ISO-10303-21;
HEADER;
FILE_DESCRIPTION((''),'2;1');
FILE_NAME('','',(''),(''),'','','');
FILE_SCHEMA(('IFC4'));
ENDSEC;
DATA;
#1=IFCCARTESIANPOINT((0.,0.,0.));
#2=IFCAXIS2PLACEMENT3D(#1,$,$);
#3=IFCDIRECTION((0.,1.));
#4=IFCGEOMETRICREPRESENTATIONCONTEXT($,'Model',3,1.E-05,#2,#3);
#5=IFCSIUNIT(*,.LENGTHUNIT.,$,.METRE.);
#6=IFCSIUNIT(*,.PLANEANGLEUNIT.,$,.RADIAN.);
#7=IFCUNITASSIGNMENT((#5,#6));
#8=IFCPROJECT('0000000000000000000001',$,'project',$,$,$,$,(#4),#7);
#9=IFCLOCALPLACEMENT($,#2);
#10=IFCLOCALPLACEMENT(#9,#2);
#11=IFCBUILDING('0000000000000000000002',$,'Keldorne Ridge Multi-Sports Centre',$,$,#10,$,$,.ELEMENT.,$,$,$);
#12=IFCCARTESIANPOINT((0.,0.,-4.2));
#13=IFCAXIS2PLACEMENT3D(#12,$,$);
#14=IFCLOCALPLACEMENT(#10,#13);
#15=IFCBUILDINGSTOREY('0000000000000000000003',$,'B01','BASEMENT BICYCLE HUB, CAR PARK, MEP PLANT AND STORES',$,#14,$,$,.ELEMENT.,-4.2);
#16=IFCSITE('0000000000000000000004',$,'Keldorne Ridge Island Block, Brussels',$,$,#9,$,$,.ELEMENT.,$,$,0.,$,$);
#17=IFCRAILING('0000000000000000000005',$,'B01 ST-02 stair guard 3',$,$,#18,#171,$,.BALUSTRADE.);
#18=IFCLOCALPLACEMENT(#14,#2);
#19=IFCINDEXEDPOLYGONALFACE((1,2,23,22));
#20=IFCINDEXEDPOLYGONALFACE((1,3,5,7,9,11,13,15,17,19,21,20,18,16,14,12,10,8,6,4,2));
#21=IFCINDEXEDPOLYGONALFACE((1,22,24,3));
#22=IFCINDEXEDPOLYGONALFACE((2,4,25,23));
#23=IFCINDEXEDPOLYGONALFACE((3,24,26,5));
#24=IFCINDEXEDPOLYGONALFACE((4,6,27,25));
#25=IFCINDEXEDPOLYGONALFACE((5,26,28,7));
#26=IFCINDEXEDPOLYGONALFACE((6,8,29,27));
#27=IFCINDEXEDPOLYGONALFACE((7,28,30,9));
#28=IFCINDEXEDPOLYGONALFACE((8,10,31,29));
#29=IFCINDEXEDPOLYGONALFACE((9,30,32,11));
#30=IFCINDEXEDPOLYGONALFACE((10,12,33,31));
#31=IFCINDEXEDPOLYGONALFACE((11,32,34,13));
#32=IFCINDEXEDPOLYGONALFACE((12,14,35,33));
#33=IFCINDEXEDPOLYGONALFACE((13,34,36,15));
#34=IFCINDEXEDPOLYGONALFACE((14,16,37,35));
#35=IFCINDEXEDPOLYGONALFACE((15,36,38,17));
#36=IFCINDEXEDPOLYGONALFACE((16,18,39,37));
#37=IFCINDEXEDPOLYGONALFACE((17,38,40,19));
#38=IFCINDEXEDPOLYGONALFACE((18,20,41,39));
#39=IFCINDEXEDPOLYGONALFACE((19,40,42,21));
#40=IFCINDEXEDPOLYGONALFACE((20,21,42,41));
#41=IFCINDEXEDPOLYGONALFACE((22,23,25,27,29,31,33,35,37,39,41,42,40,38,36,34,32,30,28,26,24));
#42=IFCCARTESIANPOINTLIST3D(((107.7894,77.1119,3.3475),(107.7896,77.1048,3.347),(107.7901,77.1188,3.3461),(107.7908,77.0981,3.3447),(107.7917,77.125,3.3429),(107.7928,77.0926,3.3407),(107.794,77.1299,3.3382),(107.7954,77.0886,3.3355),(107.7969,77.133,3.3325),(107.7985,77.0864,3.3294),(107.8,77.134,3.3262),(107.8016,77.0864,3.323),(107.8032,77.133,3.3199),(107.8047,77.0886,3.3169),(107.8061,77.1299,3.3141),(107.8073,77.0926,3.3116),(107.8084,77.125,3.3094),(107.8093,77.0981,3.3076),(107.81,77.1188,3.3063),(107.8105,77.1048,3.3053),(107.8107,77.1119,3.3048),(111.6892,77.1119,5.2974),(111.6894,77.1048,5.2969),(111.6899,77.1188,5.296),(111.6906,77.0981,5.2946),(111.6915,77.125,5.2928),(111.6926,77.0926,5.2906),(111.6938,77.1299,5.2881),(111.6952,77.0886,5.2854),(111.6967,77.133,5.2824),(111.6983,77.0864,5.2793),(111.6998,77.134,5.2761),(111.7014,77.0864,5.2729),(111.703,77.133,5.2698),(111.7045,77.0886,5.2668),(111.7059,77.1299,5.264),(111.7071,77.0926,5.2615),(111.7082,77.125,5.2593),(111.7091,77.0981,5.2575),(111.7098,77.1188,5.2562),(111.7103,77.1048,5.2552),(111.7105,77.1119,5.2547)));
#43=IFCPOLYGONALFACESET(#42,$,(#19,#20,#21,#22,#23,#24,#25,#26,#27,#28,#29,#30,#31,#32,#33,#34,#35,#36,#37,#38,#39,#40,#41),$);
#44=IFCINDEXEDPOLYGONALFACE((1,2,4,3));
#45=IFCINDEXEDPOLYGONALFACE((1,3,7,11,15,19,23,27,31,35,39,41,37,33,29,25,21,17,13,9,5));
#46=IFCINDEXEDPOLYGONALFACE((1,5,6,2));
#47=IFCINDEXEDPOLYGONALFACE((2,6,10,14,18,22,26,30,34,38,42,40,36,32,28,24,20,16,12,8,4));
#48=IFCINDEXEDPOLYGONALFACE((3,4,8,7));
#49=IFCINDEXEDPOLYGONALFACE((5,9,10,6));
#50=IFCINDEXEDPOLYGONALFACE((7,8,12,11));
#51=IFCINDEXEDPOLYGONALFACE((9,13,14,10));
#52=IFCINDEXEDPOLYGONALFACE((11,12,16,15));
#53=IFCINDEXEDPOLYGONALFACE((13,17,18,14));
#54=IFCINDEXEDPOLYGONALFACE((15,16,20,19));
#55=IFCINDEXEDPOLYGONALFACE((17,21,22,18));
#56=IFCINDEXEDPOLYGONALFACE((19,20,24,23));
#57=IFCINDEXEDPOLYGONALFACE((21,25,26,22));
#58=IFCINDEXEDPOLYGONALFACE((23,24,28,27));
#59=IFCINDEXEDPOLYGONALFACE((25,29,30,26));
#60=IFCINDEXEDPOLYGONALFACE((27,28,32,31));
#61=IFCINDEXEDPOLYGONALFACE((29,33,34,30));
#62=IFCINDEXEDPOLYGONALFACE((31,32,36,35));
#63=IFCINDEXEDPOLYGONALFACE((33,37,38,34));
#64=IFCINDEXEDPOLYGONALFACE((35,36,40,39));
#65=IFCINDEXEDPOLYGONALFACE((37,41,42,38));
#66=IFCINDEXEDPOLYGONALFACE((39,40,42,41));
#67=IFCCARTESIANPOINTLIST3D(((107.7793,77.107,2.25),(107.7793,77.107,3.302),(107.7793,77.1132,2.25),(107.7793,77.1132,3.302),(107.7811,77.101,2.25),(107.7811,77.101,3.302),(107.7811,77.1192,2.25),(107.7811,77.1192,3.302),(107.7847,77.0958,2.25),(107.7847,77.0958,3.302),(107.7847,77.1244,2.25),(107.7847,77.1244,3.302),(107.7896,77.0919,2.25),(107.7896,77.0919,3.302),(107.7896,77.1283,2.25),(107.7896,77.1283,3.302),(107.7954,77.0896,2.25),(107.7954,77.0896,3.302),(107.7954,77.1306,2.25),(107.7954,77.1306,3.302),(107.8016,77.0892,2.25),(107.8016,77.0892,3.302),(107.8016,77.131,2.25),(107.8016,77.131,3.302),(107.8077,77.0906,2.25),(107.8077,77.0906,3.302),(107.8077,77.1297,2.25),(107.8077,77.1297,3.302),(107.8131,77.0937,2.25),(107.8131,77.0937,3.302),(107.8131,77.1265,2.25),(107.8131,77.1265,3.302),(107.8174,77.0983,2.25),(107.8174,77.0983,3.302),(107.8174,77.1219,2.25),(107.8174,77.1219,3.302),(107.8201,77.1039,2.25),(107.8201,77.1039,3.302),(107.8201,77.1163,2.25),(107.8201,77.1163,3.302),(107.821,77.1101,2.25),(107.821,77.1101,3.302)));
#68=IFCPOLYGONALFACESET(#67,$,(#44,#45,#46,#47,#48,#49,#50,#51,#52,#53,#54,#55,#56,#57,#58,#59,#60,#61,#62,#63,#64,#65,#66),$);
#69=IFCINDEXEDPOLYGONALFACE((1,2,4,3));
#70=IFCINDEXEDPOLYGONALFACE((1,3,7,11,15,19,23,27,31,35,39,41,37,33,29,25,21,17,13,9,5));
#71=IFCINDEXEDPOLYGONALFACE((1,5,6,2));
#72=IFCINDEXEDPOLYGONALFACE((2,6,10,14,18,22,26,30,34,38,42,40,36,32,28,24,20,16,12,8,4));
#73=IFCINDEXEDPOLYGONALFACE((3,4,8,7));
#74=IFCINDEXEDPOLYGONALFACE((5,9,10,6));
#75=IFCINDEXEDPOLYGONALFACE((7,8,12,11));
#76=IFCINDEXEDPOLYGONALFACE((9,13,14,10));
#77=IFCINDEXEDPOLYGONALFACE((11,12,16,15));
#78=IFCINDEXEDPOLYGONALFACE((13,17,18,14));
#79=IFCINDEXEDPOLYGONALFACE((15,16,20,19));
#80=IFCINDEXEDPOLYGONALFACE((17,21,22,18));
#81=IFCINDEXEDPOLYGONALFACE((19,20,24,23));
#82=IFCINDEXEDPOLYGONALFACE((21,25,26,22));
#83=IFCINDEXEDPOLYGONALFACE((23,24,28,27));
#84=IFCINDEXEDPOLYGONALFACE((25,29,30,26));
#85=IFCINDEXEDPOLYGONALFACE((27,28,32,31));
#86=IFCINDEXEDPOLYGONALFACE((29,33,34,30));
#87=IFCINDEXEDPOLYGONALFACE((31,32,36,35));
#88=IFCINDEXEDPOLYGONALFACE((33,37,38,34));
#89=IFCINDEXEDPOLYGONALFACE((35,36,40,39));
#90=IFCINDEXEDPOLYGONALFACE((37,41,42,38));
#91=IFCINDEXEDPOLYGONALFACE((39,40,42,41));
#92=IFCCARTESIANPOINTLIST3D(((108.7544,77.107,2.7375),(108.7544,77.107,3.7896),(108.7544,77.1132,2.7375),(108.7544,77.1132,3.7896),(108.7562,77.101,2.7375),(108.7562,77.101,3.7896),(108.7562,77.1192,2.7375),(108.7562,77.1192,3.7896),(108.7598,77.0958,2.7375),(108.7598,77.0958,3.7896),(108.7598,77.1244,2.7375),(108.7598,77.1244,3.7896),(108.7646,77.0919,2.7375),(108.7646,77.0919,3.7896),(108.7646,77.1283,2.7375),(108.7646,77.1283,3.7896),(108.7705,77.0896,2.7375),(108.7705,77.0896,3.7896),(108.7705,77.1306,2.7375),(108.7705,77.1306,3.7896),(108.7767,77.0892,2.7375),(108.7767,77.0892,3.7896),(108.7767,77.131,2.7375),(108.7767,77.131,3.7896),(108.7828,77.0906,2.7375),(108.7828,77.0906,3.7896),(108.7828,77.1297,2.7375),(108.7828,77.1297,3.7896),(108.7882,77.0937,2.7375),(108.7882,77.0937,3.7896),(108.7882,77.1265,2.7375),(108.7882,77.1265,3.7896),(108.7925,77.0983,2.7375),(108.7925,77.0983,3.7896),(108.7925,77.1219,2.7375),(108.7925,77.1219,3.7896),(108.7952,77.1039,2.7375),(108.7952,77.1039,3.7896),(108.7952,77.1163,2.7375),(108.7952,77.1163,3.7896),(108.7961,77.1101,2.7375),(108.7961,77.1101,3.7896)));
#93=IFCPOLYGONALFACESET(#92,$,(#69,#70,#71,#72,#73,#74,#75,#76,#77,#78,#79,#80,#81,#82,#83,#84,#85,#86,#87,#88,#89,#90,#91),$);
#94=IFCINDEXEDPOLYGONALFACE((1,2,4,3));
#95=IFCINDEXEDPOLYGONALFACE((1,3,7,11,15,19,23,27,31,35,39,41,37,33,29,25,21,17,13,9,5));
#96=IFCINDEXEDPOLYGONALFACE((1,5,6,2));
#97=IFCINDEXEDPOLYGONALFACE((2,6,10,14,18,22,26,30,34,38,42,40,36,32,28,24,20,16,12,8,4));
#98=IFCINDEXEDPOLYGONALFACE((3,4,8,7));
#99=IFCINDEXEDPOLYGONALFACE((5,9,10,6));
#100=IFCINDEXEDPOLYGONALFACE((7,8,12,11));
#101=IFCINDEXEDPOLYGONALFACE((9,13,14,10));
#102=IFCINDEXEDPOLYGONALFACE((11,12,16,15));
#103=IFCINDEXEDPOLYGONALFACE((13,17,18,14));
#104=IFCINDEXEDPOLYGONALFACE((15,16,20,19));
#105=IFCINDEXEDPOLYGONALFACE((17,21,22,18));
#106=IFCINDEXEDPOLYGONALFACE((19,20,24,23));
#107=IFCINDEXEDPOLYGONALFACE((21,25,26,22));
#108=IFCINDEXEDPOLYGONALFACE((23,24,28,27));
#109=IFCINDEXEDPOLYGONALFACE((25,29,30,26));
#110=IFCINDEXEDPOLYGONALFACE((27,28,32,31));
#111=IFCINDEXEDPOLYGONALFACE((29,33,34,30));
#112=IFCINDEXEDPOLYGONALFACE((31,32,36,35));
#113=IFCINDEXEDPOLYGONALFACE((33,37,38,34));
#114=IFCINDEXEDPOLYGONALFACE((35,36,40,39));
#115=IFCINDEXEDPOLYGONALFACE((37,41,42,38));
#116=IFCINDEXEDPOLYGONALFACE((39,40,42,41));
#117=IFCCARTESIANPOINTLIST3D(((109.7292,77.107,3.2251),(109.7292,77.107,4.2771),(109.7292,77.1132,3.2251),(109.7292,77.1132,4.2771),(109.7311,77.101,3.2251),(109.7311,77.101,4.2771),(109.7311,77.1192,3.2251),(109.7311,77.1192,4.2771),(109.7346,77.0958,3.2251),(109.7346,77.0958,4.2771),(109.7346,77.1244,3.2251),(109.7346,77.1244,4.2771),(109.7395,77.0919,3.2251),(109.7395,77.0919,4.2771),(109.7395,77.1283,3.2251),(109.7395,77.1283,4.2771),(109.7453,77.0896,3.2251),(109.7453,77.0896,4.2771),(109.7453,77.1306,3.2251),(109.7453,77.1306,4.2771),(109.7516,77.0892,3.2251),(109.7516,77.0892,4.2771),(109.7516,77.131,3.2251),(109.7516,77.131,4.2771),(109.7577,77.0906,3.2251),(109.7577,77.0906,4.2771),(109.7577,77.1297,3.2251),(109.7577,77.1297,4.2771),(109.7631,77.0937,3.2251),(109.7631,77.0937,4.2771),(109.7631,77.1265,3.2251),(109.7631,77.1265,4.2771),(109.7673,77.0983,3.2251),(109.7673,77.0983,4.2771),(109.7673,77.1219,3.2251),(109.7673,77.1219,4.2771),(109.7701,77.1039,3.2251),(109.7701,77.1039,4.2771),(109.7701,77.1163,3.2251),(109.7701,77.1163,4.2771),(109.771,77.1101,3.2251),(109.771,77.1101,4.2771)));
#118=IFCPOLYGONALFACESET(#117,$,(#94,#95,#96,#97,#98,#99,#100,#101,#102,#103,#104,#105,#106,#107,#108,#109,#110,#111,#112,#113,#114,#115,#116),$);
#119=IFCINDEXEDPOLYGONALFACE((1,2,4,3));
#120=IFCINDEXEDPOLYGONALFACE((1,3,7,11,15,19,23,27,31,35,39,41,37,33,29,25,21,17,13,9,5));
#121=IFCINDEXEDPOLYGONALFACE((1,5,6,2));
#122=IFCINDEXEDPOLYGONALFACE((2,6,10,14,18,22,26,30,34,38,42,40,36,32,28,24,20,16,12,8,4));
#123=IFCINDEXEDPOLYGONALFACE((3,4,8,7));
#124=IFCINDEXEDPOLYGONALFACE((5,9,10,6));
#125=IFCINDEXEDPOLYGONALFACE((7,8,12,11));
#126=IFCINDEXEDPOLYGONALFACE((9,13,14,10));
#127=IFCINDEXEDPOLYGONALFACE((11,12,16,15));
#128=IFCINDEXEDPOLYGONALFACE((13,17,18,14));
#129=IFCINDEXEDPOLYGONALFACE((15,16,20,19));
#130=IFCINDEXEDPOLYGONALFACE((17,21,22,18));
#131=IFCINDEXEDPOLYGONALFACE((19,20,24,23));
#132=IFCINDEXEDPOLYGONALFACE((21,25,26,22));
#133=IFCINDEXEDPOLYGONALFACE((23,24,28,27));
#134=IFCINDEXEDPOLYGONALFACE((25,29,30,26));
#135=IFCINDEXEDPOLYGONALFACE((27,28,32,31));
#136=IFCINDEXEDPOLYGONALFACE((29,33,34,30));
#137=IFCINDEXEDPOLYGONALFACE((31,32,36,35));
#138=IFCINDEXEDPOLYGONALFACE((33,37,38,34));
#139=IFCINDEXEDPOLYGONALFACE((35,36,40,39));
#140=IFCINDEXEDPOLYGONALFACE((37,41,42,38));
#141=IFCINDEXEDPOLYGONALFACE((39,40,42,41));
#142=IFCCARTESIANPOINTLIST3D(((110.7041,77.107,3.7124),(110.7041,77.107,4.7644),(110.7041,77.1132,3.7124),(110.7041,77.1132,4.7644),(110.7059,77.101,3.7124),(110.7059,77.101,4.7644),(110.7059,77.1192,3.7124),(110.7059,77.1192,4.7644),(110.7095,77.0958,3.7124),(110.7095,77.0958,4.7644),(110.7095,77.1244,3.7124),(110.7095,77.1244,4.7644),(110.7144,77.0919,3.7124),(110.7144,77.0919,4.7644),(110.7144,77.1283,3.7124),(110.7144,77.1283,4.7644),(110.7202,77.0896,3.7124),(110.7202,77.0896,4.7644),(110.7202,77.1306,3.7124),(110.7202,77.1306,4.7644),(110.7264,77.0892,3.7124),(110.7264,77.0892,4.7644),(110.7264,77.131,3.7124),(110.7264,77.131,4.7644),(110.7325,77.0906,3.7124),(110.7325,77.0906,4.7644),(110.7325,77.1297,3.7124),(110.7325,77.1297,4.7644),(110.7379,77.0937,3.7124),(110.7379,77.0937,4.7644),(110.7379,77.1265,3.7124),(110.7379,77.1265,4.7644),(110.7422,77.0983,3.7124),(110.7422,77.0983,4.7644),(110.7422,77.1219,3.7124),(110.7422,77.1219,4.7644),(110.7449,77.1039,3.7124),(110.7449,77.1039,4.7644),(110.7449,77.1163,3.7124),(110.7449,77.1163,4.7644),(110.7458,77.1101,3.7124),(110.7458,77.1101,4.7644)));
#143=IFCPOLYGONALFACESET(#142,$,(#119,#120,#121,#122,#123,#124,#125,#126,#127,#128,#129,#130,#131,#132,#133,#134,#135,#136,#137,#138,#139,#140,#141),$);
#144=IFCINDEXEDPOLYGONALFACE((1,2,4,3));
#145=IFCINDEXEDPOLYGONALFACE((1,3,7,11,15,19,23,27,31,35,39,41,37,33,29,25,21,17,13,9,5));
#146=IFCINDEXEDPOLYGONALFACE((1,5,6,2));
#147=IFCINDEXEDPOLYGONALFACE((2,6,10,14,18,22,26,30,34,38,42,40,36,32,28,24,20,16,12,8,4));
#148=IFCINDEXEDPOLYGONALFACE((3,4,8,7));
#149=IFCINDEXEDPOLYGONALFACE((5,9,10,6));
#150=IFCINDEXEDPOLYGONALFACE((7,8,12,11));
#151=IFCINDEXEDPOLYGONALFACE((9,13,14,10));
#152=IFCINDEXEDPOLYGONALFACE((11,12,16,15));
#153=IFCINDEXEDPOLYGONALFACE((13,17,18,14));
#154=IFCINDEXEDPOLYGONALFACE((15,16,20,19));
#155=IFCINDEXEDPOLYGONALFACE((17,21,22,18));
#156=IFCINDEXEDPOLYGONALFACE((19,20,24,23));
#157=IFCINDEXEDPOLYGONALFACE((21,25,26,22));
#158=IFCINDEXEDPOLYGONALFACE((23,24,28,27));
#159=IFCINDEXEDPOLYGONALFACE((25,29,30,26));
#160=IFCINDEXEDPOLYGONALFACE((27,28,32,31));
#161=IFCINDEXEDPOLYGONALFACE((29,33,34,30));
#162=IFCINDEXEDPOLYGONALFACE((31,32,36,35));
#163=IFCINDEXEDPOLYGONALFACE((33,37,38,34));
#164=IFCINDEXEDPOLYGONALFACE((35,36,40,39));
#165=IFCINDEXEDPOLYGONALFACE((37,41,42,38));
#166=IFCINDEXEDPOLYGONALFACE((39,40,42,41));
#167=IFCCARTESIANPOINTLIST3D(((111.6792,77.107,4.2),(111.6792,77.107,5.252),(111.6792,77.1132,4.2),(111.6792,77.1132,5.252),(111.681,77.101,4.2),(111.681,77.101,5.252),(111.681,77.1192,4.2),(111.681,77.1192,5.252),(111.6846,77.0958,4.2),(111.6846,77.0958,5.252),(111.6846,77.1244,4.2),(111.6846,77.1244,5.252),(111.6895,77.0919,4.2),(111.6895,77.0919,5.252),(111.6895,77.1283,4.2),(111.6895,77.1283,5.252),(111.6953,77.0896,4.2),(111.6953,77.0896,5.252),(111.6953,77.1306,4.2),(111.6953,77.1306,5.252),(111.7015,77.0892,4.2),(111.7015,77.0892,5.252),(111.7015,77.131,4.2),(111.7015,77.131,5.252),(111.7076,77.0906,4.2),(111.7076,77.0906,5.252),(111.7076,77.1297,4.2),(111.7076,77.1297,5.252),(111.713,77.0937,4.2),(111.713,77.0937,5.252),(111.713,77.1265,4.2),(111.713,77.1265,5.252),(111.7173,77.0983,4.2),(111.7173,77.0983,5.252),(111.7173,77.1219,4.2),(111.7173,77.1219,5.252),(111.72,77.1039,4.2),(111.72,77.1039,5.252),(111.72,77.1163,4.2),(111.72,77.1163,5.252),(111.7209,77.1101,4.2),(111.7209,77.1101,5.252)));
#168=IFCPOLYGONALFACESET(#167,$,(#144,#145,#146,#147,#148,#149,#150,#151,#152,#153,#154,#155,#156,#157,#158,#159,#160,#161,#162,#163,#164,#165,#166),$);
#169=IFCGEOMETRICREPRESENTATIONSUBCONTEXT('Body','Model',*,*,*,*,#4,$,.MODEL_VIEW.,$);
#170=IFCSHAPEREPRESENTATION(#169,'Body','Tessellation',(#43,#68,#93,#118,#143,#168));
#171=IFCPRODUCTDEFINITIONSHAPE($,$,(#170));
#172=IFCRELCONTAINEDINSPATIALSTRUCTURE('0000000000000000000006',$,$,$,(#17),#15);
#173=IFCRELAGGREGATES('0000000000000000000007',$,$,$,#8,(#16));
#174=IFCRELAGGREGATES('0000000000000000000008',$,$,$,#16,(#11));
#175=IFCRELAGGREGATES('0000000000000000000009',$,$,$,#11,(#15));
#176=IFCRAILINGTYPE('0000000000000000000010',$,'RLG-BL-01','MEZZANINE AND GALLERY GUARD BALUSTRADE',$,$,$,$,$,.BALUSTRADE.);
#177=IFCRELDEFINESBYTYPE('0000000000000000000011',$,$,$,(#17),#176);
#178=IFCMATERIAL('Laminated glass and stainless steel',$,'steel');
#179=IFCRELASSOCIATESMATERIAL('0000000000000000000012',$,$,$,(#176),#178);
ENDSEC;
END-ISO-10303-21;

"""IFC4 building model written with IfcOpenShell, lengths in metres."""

from ifc_helpers import new_model, si_unit, direction, frame, origin, origin_2d, place, context, subcontext, project, spatial, circle, extrude, material, type_object, element, save


model = new_model("IFC4")

# Units and contexts
model_context = context("Model", 3, precision=1e-05, world=origin(), true_north=direction((0.0, 1.0)))
body_context = subcontext(model_context, "Body", "Model", "MODEL_VIEW")
ifc_project = project(units=[si_unit("LENGTHUNIT", "METRE"), si_unit("PLANEANGLEUNIT", "RADIAN")], contexts=[model_context])

# Site, building, storey
site_placement = place(None, origin())
site = spatial("IfcSite", under=ifc_project, at=site_placement, Name="Keldorne Ridge Island Block, Brussels", CompositionType="ELEMENT", RefElevation=0.0)
building_placement = place(site_placement, origin())
building = spatial("IfcBuilding", under=site, at=building_placement, Name="Keldorne Ridge Multi-Sports Centre", CompositionType="ELEMENT")
storey_placement = place(building_placement, frame((0.0, 0.0, -4.2)))
storey = spatial("IfcBuildingStorey", under=building, at=storey_placement, Name="B01", Description="BASEMENT BICYCLE HUB, CAR PARK, MEP PLANT AND STORES", CompositionType="ELEMENT", Elevation=-4.2)

# Railing
ifc_material_1 = material(Name="Laminated glass and stainless steel", Category="steel")
railing_type_1 = type_object("IfcRailingType", Name="RLG-BL-01", Description="MEZZANINE AND GALLERY GUARD BALUSTRADE", PredefinedType="BALUSTRADE", material=ifc_material_1)
railing_1_placement = place(storey_placement, frame((107.8, 77.1101, 2.25)))
element("IfcRailing", 1, at=railing_1_placement, inside=storey, type_object=railing_type_1, Name="B01 ST-02 stair guard 3", PredefinedType="BALUSTRADE", context=body_context, shape_type="SweptSolid", body=[
    extrude(circle(Radius=0.0239, at=origin_2d()), frame((0.0, 0.0, 1.0762), z_axis=(0.894427, 0.0, 0.447214), x_axis=(0.0, 1.0, 0.0)), (0.0, 0.0, 1.0), 4.3601),
    extrude(circle(Radius=0.021, at=origin_2d()), origin(), (0.0, 0.0, 1.0), 1.052),
    extrude(circle(Radius=0.021, at=origin_2d()), frame((0.9751, 0.0, 0.4875)), (0.0, 0.0, 1.0), 1.052),
    extrude(circle(Radius=0.021, at=origin_2d()), frame((1.95, 0.0, 0.9751)), (0.0, 0.0, 1.0), 1.052),
    extrude(circle(Radius=0.021, at=origin_2d()), frame((2.9248, 0.0, 1.4624)), (0.0, 0.0, 1.0), 1.052),
    extrude(circle(Radius=0.021, at=origin_2d()), frame((3.8999, 0.0, 1.95)), (0.0, 0.0, 1.0), 1.052),
])

save(model, "model.ifc")
